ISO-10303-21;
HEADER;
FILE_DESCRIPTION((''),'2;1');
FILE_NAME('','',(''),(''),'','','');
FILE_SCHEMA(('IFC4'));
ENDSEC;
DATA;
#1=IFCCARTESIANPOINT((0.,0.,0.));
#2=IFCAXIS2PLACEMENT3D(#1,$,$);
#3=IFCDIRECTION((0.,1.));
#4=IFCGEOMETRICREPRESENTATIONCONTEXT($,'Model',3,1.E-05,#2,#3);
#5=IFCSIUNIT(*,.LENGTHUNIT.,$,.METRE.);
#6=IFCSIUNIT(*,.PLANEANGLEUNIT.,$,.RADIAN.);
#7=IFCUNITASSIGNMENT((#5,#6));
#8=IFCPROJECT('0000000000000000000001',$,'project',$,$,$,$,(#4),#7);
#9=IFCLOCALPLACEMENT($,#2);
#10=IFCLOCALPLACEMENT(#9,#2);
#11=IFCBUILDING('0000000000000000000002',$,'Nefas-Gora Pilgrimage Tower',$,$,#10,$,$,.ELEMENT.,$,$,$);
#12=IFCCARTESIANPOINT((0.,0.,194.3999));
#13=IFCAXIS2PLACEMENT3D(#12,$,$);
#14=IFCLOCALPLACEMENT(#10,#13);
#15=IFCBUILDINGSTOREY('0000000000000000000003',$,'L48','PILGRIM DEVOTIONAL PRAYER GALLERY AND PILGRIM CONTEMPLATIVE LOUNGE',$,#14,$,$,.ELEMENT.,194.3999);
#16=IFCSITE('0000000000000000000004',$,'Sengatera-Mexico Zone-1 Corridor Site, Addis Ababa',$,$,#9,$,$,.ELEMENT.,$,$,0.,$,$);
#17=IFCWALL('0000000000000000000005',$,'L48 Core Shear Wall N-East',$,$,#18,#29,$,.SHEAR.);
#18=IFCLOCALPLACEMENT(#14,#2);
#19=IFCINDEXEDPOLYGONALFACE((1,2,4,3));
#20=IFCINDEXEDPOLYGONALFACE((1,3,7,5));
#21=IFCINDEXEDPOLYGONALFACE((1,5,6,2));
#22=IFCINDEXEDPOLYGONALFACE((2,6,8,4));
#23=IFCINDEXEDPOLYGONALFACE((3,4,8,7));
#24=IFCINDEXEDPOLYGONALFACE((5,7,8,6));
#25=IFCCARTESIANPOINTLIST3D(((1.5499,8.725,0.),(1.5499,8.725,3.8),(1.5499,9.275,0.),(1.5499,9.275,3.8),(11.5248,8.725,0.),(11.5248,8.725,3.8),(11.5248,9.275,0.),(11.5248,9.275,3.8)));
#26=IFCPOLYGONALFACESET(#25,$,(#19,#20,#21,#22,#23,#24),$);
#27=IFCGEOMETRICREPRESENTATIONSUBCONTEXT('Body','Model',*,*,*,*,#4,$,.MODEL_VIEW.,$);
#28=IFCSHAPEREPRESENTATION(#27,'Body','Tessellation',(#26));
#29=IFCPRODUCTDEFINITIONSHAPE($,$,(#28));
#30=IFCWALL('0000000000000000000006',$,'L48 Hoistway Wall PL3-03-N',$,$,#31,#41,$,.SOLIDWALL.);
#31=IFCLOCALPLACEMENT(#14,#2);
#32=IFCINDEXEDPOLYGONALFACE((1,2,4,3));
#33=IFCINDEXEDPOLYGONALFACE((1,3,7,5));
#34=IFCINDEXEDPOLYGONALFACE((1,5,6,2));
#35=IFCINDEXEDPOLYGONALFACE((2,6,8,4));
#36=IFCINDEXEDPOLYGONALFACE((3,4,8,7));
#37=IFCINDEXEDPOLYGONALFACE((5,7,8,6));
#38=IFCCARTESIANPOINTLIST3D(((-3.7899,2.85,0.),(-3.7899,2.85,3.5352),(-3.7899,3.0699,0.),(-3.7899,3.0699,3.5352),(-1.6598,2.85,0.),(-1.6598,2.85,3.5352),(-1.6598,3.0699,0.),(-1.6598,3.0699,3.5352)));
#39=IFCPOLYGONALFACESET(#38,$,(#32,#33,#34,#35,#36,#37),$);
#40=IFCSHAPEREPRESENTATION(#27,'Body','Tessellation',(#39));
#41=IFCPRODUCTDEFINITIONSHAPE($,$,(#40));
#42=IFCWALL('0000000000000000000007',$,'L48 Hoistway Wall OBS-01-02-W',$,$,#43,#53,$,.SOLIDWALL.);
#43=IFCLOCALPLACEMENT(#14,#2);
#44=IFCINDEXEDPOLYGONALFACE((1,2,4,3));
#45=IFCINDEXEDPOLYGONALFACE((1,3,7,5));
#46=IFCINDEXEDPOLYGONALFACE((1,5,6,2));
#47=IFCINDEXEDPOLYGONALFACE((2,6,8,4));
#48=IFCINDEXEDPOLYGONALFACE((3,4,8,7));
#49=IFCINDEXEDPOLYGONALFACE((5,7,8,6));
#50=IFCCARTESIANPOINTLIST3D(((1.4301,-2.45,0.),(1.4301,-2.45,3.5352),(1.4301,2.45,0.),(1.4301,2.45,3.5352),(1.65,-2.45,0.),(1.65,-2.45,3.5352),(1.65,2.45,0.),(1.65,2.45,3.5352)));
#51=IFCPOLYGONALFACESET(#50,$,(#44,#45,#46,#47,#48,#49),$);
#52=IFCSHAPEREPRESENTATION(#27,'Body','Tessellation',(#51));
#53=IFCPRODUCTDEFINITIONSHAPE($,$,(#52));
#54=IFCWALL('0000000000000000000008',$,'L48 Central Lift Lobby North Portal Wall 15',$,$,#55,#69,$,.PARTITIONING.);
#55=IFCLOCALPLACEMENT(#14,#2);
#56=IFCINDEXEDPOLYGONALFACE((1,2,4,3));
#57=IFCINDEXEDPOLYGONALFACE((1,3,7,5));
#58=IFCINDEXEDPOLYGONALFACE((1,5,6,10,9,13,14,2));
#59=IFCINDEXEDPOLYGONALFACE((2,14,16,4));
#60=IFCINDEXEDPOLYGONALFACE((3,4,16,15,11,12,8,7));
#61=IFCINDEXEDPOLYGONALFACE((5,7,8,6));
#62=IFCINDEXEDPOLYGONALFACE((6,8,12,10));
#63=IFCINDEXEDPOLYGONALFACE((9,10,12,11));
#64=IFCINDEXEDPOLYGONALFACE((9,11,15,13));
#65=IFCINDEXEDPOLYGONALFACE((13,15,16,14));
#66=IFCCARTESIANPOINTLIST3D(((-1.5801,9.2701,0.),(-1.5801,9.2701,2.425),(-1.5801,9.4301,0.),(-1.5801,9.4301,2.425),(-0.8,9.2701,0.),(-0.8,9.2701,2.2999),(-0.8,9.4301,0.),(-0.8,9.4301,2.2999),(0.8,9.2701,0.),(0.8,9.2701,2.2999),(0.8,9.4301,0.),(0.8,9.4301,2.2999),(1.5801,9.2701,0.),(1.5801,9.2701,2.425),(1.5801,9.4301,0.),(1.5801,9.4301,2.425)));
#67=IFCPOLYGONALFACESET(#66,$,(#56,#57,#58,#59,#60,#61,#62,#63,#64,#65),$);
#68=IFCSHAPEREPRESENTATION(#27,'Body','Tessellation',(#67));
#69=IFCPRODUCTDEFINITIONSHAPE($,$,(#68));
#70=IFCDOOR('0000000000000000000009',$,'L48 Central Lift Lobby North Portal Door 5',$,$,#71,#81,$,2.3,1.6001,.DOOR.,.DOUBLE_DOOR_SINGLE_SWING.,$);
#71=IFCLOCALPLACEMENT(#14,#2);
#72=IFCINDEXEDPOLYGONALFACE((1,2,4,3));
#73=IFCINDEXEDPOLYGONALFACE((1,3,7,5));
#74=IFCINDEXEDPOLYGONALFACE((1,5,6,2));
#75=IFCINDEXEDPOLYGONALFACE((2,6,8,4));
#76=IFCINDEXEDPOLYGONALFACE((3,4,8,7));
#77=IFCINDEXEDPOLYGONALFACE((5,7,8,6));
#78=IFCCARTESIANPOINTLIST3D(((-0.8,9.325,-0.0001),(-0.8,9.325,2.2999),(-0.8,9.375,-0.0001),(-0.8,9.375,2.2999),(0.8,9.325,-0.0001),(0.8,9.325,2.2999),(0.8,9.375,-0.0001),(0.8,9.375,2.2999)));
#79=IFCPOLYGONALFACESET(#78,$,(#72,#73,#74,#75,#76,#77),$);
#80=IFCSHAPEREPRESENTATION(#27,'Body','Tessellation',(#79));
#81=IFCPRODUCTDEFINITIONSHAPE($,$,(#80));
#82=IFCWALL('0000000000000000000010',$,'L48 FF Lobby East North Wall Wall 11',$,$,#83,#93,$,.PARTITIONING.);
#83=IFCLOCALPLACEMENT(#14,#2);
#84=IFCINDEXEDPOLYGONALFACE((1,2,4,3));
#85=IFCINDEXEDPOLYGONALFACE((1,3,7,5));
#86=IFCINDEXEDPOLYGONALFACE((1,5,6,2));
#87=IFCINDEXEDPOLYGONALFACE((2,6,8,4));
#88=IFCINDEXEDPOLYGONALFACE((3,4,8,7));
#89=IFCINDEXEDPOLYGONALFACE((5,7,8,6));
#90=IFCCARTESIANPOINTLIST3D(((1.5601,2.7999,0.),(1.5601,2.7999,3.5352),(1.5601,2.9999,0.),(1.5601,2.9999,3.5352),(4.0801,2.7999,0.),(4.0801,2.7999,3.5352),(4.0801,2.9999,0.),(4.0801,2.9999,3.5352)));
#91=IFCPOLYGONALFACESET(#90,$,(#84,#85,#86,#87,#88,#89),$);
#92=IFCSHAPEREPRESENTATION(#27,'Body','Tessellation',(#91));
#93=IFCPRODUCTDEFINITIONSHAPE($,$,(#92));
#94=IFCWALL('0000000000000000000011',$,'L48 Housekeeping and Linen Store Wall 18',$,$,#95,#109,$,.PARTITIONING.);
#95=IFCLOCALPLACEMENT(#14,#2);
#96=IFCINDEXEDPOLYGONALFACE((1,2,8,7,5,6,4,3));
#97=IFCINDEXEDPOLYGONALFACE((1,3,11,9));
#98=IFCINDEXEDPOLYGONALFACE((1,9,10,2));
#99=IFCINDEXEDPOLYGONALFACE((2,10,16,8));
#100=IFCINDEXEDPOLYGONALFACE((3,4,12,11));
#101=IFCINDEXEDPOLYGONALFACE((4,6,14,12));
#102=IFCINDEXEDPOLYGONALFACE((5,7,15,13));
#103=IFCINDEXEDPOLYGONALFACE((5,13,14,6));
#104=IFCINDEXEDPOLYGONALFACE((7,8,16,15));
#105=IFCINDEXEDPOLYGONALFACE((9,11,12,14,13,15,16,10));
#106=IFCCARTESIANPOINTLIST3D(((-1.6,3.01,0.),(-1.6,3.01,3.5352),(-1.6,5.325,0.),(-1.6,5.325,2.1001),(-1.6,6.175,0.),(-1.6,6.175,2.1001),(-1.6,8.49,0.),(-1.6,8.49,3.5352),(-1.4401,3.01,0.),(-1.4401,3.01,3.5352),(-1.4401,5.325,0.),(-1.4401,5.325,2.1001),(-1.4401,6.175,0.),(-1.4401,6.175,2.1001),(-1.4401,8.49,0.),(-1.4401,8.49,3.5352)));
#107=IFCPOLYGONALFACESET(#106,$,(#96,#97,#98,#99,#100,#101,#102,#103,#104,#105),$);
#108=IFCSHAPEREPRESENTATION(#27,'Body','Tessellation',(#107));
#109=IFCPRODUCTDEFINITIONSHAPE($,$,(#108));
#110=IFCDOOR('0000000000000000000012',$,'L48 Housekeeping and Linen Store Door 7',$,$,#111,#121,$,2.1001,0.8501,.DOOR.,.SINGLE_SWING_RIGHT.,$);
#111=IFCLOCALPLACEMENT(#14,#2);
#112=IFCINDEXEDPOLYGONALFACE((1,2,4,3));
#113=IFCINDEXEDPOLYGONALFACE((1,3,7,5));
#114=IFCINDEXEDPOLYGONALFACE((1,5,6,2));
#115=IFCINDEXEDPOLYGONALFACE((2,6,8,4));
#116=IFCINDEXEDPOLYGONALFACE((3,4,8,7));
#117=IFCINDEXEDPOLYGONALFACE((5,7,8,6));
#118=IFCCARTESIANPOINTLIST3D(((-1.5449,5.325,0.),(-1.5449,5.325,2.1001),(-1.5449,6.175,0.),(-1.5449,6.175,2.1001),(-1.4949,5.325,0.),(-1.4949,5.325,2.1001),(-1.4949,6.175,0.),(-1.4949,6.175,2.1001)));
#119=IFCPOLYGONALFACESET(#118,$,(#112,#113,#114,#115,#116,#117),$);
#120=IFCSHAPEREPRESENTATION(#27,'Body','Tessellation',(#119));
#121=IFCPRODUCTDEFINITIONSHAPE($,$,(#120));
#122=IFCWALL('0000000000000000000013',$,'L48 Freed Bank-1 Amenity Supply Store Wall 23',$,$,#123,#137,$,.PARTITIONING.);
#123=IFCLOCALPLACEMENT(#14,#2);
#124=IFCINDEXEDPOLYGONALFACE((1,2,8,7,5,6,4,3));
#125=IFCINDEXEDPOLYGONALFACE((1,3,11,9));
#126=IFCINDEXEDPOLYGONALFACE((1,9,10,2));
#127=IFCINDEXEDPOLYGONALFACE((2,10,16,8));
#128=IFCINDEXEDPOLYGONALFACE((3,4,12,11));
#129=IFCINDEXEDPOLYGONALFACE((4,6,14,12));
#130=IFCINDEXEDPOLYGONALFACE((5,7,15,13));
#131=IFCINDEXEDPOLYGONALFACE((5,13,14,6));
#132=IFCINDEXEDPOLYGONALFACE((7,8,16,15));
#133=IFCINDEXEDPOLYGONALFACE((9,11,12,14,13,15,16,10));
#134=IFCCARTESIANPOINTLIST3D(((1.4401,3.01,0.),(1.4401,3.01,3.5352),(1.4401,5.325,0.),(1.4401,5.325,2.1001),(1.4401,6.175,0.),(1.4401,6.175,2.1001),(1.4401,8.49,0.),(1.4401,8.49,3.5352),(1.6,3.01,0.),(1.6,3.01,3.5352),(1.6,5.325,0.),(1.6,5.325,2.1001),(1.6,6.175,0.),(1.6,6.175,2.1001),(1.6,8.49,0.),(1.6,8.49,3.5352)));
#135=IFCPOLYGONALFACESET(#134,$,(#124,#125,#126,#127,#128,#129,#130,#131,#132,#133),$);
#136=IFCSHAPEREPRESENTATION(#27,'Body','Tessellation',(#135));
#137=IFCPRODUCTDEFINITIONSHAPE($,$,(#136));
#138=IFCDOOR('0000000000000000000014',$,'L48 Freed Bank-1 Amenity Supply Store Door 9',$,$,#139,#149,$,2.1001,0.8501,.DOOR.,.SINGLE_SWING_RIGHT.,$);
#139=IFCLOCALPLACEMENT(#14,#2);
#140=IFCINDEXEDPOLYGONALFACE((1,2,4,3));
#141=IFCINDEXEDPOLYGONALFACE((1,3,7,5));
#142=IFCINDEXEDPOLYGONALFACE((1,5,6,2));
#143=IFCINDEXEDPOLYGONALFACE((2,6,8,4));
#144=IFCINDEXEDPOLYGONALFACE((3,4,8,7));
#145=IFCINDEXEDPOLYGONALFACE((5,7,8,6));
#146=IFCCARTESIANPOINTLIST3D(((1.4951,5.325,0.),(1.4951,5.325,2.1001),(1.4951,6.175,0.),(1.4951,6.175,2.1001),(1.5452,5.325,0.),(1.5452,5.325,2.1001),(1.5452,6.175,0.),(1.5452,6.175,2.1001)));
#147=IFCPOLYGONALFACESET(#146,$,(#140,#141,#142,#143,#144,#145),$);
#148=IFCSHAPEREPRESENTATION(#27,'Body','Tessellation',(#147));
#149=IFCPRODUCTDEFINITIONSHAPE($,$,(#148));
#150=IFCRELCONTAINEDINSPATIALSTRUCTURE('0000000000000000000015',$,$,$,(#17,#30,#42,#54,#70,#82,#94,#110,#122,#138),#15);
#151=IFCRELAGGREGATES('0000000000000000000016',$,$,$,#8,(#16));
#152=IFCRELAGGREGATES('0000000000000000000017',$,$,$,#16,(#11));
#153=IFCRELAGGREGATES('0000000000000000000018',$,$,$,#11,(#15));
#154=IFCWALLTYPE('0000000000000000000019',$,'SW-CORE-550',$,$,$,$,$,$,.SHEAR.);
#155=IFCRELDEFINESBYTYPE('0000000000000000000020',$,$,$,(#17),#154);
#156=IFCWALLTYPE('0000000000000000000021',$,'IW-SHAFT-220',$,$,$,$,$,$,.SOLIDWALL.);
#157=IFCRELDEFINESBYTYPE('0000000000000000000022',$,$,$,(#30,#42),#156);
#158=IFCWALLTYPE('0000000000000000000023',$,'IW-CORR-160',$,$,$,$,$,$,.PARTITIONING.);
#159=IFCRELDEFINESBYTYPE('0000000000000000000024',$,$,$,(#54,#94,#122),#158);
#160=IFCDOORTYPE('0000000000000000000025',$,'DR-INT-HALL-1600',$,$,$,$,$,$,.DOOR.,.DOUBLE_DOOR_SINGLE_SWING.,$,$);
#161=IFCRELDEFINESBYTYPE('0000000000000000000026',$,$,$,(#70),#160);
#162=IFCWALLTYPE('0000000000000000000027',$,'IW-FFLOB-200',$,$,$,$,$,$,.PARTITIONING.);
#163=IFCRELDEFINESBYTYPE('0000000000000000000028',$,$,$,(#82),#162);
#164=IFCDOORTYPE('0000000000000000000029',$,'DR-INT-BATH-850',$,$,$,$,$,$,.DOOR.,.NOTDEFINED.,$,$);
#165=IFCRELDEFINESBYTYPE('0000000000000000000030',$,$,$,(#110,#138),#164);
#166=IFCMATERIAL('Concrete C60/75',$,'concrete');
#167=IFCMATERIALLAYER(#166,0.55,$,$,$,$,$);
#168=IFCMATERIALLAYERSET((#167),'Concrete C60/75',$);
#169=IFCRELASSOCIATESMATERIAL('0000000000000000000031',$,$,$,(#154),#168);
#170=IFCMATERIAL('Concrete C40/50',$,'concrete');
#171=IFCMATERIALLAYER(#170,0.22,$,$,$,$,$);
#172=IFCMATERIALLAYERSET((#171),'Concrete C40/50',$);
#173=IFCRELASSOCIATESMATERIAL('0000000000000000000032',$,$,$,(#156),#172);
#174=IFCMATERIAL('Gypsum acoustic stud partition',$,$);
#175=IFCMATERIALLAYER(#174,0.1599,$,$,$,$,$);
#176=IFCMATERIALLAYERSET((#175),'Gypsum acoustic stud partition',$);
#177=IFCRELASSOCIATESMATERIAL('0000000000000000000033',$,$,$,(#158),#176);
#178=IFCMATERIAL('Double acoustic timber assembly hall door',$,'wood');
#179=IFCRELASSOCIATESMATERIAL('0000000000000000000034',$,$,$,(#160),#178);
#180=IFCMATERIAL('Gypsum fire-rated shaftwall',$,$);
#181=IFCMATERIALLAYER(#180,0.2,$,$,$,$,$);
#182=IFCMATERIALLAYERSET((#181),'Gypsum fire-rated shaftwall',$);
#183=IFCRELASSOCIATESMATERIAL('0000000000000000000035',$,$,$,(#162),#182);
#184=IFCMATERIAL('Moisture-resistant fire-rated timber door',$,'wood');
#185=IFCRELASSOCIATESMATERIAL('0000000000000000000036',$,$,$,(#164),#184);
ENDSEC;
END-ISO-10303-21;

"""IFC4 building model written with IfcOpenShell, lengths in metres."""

from ifc_helpers import new_model, si_unit, direction, frame, frame_2d, origin, place, context, subcontext, project, spatial, rectangle, extrude, source, transform, mapped, material, layer, layer_set, type_object, element, fill, save


model = new_model("IFC4")

# Units and contexts
model_context = context("Model", 3, precision=1e-05, world=origin(), true_north=direction((0.0, 1.0)))
body_context = subcontext(model_context, "Body", "Model", "MODEL_VIEW")
ifc_project = project(units=[si_unit("LENGTHUNIT", "METRE"), si_unit("PLANEANGLEUNIT", "RADIAN")], contexts=[model_context])

# Site, building, storey
site_placement = place(None, origin())
site = spatial("IfcSite", under=ifc_project, at=site_placement, Name="Sengatera-Mexico Zone-1 Corridor Site, Addis Ababa", CompositionType="ELEMENT", RefElevation=0.0)
building_placement = place(site_placement, origin())
building = spatial("IfcBuilding", under=site, at=building_placement, Name="Nefas-Gora Pilgrimage Tower", CompositionType="ELEMENT")
storey_placement = place(building_placement, frame((0.0, 0.0, 194.3999)))
storey = spatial("IfcBuildingStorey", under=building, at=storey_placement, Name="L48", Description="PILGRIM DEVOTIONAL PRAYER GALLERY AND PILGRIM CONTEMPLATIVE LOUNGE", CompositionType="ELEMENT", Elevation=194.3999)

# Shared definitions
ifc_material_1 = material(Name="Concrete C60/75", Category="concrete")

# Shared definitions
ifc_material_2 = material(Name="Concrete C40/50", Category="concrete")

# Walls
ifc_layer_1 = layer(ifc_material_1, 0.55)
ifc_layer_set_1 = layer_set([ifc_layer_1], Name="Concrete C60/75")
wall_type_1 = type_object("IfcWallType", Name="SW-CORE-550", PredefinedType="SHEAR", material=ifc_layer_set_1)
shared_shape_1 = source(origin(), body_context, "Body", "SweptSolid", [
    extrude(rectangle(XDim=9.9749, YDim=0.55, at=frame_2d((4.9873, 0.0))), origin(), (0.0, 0.0, 1.0), 3.8),
])
wall_1_placement = place(storey_placement, frame((1.55, 9.0, 0.0), z_axis=(0.0, 0.0, 1.0), x_axis=(1.0, 0.0, 0.0)))
element("IfcWall", 1, at=wall_1_placement, inside=storey, type_object=wall_type_1, Name="L48 Core Shear Wall N-East", PredefinedType="SHEAR", context=body_context, shape_type="MappedRepresentation", body=[
    mapped(shared_shape_1, transform((0.0, 0.0, 0.0), x_axis=(1.0, 0.0, 0.0), y_axis=(0.0, 1.0, 0.0), z_axis=(0.0, 0.0, 1.0), scale=1.0)),
])
ifc_layer_2 = layer(ifc_material_2, 0.22)
ifc_layer_set_2 = layer_set([ifc_layer_2], Name="Concrete C40/50")
wall_type_2 = type_object("IfcWallType", Name="IW-SHAFT-220", PredefinedType="SOLIDWALL", material=ifc_layer_set_2)
shared_shape_2 = source(origin(), body_context, "Body", "SweptSolid", [
    extrude(rectangle(XDim=2.1301, YDim=0.22, at=frame_2d((1.0649, 0.0))), origin(), (0.0, 0.0, 1.0), 3.5352),
])
wall_2_placement = place(storey_placement, frame((-1.6599, 2.96, 0.0), z_axis=(0.0, 0.0, 1.0), x_axis=(-1.0, 0.0, 0.0)))
element("IfcWall", 2, at=wall_2_placement, inside=storey, type_object=wall_type_2, Name="L48 Hoistway Wall PL3-03-N", PredefinedType="SOLIDWALL", context=body_context, shape_type="MappedRepresentation", body=[
    mapped(shared_shape_2, transform((0.0, 0.0, 0.0), x_axis=(1.0, 0.0, 0.0), y_axis=(0.0, 1.0, 0.0), z_axis=(0.0, 0.0, 1.0), scale=1.0)),
])
shared_shape_3 = source(origin(), body_context, "Body", "SweptSolid", [
    extrude(rectangle(XDim=4.8999, YDim=0.22, at=frame_2d((2.45, 0.0))), origin(), (0.0, 0.0, 1.0), 3.5352),
])
wall_3_placement = place(storey_placement, frame((1.54, 2.45, 0.0), z_axis=(0.0, 0.0, 1.0), x_axis=(0.0, -1.0, 0.0)))
element("IfcWall", 3, at=wall_3_placement, inside=storey, type_object=wall_type_2, Name="L48 Hoistway Wall OBS-01-02-W", PredefinedType="SOLIDWALL", context=body_context, shape_type="MappedRepresentation", body=[
    mapped(shared_shape_3, transform((0.0, 0.0, 0.0), x_axis=(1.0, 0.0, 0.0), y_axis=(0.0, 1.0, 0.0), z_axis=(0.0, 0.0, 1.0), scale=1.0)),
])

# Wall, opening, door
ifc_material_3 = material(Name="Gypsum acoustic stud partition")
ifc_layer_3 = layer(ifc_material_3, 0.1599)
ifc_layer_set_3 = layer_set([ifc_layer_3], Name="Gypsum acoustic stud partition")
wall_type_3 = type_object("IfcWallType", Name="IW-CORR-160", PredefinedType="PARTITIONING", material=ifc_layer_set_3)
shared_shape_4 = source(origin(), body_context, "Body", "SweptSolid", [
    extrude(rectangle(XDim=3.1602, YDim=0.1599, at=frame_2d((1.5801, 0.0))), origin(), (0.0, 0.0, 1.0), 2.425),
])
wall_4_placement = place(storey_placement, frame((-1.5801, 9.3501, 0.0), z_axis=(0.0, 0.0, 1.0), x_axis=(1.0, 0.0, 0.0)))
wall_4 = element("IfcWall", 4, at=wall_4_placement, inside=storey, type_object=wall_type_3, Name="L48 Central Lift Lobby North Portal Wall 15", PredefinedType="PARTITIONING", context=body_context, shape_type="MappedRepresentation", body=[
    mapped(shared_shape_4, transform((0.0, 0.0, 0.0), x_axis=(1.0, 0.0, 0.0), y_axis=(0.0, 1.0, 0.0), z_axis=(0.0, 0.0, 1.0), scale=1.0)),
])
opening_1_placement = place(wall_4_placement, frame((0.78, 0.0, 0.0)))
opening_1 = element("IfcOpeningElement", 5, at=opening_1_placement, cuts=wall_4, PredefinedType="OPENING", context=body_context, shape_type="SweptSolid", body=[
    extrude(rectangle(XDim=1.6001, YDim=2.3, at=frame_2d((0.8, 1.1499))), frame((0.0, 0.0898, 0.0), z_axis=(0.0, -1.0, 0.0), x_axis=(1.0, 0.0, 0.0)), (0.0, 0.0, 1.0), 0.1799),
])
ifc_material_4 = material(Name="Double acoustic timber assembly hall door", Category="wood")
door_type_1 = type_object("IfcDoorType", Name="DR-INT-HALL-1600", OperationType="DOUBLE_DOOR_SINGLE_SWING", PredefinedType="DOOR", material=ifc_material_4)
shared_shape_5 = source(origin(), body_context, "Body", "SweptSolid", [
    extrude(rectangle(XDim=1.6001, YDim=2.3, at=frame_2d((0.8, 1.1499))), frame((0.0, 0.0249, 0.0), z_axis=(0.0, -1.0, 0.0), x_axis=(1.0, 0.0, 0.0)), (0.0, 0.0, 1.0), 0.05),
])
door_1_placement = place(opening_1_placement, origin())
door_1 = element("IfcDoor", 6, at=door_1_placement, inside=storey, type_object=door_type_1, Name="L48 Central Lift Lobby North Portal Door 5", OperationType="DOUBLE_DOOR_SINGLE_SWING", OverallHeight=2.3, OverallWidth=1.6001, PredefinedType="DOOR", context=body_context, shape_type="MappedRepresentation", body=[
    mapped(shared_shape_5, transform((0.0, 0.0, 0.0), x_axis=(1.0, 0.0, 0.0), y_axis=(0.0, 1.0, 0.0), z_axis=(0.0, 0.0, 1.0), scale=1.0)),
])
fill(opening_1, door_1)

# Wall
ifc_material_5 = material(Name="Gypsum fire-rated shaftwall")
ifc_layer_4 = layer(ifc_material_5, 0.2)
ifc_layer_set_4 = layer_set([ifc_layer_4], Name="Gypsum fire-rated shaftwall")
wall_type_4 = type_object("IfcWallType", Name="IW-FFLOB-200", PredefinedType="PARTITIONING", material=ifc_layer_set_4)
shared_shape_6 = source(origin(), body_context, "Body", "SweptSolid", [
    extrude(rectangle(XDim=2.52, YDim=0.2, at=frame_2d((1.26, 0.0))), origin(), (0.0, 0.0, 1.0), 3.5352),
])
wall_5_placement = place(storey_placement, frame((1.5601, 2.8999, 0.0), z_axis=(0.0, 0.0, 1.0), x_axis=(1.0, 0.0, 0.0)))
element("IfcWall", 7, at=wall_5_placement, inside=storey, type_object=wall_type_4, Name="L48 FF Lobby East North Wall Wall 11", PredefinedType="PARTITIONING", context=body_context, shape_type="MappedRepresentation", body=[
    mapped(shared_shape_6, transform((0.0, 0.0, 0.0), x_axis=(1.0, 0.0, 0.0), y_axis=(0.0, 1.0, 0.0), z_axis=(0.0, 0.0, 1.0), scale=1.0)),
])

# Walls, openings, doors
shared_shape_7 = source(origin(), body_context, "Body", "SweptSolid", [
    extrude(rectangle(XDim=5.48, YDim=0.1599, at=frame_2d((2.74, 0.0))), origin(), (0.0, 0.0, 1.0), 3.5352),
])
wall_6_placement = place(storey_placement, frame((-1.52, 3.01, 0.0), z_axis=(0.0, 0.0, 1.0), x_axis=(0.0, 1.0, 0.0)))
wall_6 = element("IfcWall", 8, at=wall_6_placement, inside=storey, type_object=wall_type_3, Name="L48 Housekeeping and Linen Store Wall 18", PredefinedType="PARTITIONING", context=body_context, shape_type="MappedRepresentation", body=[
    mapped(shared_shape_7, transform((0.0, 0.0, 0.0), x_axis=(1.0, 0.0, 0.0), y_axis=(0.0, 1.0, 0.0), z_axis=(0.0, 0.0, 1.0), scale=1.0)),
])
opening_2_placement = place(wall_6_placement, frame((2.3149, 0.0, 0.0)))
opening_2 = element("IfcOpeningElement", 9, at=opening_2_placement, cuts=wall_6, PredefinedType="OPENING", context=body_context, shape_type="SweptSolid", body=[
    extrude(rectangle(XDim=0.8501, YDim=2.1001, at=frame_2d((0.425, 1.05))), frame((0.0, 0.0898, 0.0), z_axis=(0.0, -1.0, 0.0), x_axis=(1.0, 0.0, 0.0)), (0.0, 0.0, 1.0), 0.1799),
])
ifc_material_6 = material(Name="Moisture-resistant fire-rated timber door", Category="wood")
door_type_2 = type_object("IfcDoorType", Name="DR-INT-BATH-850", OperationType="NOTDEFINED", PredefinedType="DOOR", material=ifc_material_6)
shared_shape_8 = source(origin(), body_context, "Body", "SweptSolid", [
    extrude(rectangle(XDim=0.8501, YDim=2.1001, at=frame_2d((0.425, 1.05))), frame((0.0, 0.0249, 0.0), z_axis=(0.0, -1.0, 0.0), x_axis=(1.0, 0.0, 0.0)), (0.0, 0.0, 1.0), 0.05),
])
door_2_placement = place(opening_2_placement, origin())
door_2 = element("IfcDoor", 10, at=door_2_placement, inside=storey, type_object=door_type_2, Name="L48 Housekeeping and Linen Store Door 7", OperationType="SINGLE_SWING_RIGHT", OverallHeight=2.1001, OverallWidth=0.8501, PredefinedType="DOOR", context=body_context, shape_type="MappedRepresentation", body=[
    mapped(shared_shape_8, transform((0.0, 0.0, 0.0), x_axis=(1.0, 0.0, 0.0), y_axis=(0.0, 1.0, 0.0), z_axis=(0.0, 0.0, 1.0), scale=1.0)),
])
fill(opening_2, door_2)
wall_7_placement = place(storey_placement, frame((1.52, 3.01, 0.0), z_axis=(0.0, 0.0, 1.0), x_axis=(0.0, 1.0, 0.0)))
wall_7 = element("IfcWall", 11, at=wall_7_placement, inside=storey, type_object=wall_type_3, Name="L48 Freed Bank-1 Amenity Supply Store Wall 23", PredefinedType="PARTITIONING", context=body_context, shape_type="MappedRepresentation", body=[
    mapped(shared_shape_7, transform((0.0, 0.0, 0.0), x_axis=(1.0, 0.0, 0.0), y_axis=(0.0, 1.0, 0.0), z_axis=(0.0, 0.0, 1.0), scale=1.0)),
])
opening_3_placement = place(wall_7_placement, frame((2.3149, 0.0, 0.0)))
opening_3 = element("IfcOpeningElement", 12, at=opening_3_placement, cuts=wall_7, PredefinedType="OPENING", context=body_context, shape_type="SweptSolid", body=[
    extrude(rectangle(XDim=0.8501, YDim=2.1001, at=frame_2d((0.425, 1.05))), frame((0.0, 0.0898, 0.0), z_axis=(0.0, -1.0, 0.0), x_axis=(1.0, 0.0, 0.0)), (0.0, 0.0, 1.0), 0.1799),
])
door_3_placement = place(opening_3_placement, origin())
door_3 = element("IfcDoor", 13, at=door_3_placement, inside=storey, type_object=door_type_2, Name="L48 Freed Bank-1 Amenity Supply Store Door 9", OperationType="SINGLE_SWING_RIGHT", OverallHeight=2.1001, OverallWidth=0.8501, PredefinedType="DOOR", context=body_context, shape_type="MappedRepresentation", body=[
    mapped(shared_shape_8, transform((0.0, 0.0, 0.0), x_axis=(1.0, 0.0, 0.0), y_axis=(0.0, 1.0, 0.0), z_axis=(0.0, 0.0, 1.0), scale=1.0)),
])
fill(opening_3, door_3)

save(model, "model.ifc")
